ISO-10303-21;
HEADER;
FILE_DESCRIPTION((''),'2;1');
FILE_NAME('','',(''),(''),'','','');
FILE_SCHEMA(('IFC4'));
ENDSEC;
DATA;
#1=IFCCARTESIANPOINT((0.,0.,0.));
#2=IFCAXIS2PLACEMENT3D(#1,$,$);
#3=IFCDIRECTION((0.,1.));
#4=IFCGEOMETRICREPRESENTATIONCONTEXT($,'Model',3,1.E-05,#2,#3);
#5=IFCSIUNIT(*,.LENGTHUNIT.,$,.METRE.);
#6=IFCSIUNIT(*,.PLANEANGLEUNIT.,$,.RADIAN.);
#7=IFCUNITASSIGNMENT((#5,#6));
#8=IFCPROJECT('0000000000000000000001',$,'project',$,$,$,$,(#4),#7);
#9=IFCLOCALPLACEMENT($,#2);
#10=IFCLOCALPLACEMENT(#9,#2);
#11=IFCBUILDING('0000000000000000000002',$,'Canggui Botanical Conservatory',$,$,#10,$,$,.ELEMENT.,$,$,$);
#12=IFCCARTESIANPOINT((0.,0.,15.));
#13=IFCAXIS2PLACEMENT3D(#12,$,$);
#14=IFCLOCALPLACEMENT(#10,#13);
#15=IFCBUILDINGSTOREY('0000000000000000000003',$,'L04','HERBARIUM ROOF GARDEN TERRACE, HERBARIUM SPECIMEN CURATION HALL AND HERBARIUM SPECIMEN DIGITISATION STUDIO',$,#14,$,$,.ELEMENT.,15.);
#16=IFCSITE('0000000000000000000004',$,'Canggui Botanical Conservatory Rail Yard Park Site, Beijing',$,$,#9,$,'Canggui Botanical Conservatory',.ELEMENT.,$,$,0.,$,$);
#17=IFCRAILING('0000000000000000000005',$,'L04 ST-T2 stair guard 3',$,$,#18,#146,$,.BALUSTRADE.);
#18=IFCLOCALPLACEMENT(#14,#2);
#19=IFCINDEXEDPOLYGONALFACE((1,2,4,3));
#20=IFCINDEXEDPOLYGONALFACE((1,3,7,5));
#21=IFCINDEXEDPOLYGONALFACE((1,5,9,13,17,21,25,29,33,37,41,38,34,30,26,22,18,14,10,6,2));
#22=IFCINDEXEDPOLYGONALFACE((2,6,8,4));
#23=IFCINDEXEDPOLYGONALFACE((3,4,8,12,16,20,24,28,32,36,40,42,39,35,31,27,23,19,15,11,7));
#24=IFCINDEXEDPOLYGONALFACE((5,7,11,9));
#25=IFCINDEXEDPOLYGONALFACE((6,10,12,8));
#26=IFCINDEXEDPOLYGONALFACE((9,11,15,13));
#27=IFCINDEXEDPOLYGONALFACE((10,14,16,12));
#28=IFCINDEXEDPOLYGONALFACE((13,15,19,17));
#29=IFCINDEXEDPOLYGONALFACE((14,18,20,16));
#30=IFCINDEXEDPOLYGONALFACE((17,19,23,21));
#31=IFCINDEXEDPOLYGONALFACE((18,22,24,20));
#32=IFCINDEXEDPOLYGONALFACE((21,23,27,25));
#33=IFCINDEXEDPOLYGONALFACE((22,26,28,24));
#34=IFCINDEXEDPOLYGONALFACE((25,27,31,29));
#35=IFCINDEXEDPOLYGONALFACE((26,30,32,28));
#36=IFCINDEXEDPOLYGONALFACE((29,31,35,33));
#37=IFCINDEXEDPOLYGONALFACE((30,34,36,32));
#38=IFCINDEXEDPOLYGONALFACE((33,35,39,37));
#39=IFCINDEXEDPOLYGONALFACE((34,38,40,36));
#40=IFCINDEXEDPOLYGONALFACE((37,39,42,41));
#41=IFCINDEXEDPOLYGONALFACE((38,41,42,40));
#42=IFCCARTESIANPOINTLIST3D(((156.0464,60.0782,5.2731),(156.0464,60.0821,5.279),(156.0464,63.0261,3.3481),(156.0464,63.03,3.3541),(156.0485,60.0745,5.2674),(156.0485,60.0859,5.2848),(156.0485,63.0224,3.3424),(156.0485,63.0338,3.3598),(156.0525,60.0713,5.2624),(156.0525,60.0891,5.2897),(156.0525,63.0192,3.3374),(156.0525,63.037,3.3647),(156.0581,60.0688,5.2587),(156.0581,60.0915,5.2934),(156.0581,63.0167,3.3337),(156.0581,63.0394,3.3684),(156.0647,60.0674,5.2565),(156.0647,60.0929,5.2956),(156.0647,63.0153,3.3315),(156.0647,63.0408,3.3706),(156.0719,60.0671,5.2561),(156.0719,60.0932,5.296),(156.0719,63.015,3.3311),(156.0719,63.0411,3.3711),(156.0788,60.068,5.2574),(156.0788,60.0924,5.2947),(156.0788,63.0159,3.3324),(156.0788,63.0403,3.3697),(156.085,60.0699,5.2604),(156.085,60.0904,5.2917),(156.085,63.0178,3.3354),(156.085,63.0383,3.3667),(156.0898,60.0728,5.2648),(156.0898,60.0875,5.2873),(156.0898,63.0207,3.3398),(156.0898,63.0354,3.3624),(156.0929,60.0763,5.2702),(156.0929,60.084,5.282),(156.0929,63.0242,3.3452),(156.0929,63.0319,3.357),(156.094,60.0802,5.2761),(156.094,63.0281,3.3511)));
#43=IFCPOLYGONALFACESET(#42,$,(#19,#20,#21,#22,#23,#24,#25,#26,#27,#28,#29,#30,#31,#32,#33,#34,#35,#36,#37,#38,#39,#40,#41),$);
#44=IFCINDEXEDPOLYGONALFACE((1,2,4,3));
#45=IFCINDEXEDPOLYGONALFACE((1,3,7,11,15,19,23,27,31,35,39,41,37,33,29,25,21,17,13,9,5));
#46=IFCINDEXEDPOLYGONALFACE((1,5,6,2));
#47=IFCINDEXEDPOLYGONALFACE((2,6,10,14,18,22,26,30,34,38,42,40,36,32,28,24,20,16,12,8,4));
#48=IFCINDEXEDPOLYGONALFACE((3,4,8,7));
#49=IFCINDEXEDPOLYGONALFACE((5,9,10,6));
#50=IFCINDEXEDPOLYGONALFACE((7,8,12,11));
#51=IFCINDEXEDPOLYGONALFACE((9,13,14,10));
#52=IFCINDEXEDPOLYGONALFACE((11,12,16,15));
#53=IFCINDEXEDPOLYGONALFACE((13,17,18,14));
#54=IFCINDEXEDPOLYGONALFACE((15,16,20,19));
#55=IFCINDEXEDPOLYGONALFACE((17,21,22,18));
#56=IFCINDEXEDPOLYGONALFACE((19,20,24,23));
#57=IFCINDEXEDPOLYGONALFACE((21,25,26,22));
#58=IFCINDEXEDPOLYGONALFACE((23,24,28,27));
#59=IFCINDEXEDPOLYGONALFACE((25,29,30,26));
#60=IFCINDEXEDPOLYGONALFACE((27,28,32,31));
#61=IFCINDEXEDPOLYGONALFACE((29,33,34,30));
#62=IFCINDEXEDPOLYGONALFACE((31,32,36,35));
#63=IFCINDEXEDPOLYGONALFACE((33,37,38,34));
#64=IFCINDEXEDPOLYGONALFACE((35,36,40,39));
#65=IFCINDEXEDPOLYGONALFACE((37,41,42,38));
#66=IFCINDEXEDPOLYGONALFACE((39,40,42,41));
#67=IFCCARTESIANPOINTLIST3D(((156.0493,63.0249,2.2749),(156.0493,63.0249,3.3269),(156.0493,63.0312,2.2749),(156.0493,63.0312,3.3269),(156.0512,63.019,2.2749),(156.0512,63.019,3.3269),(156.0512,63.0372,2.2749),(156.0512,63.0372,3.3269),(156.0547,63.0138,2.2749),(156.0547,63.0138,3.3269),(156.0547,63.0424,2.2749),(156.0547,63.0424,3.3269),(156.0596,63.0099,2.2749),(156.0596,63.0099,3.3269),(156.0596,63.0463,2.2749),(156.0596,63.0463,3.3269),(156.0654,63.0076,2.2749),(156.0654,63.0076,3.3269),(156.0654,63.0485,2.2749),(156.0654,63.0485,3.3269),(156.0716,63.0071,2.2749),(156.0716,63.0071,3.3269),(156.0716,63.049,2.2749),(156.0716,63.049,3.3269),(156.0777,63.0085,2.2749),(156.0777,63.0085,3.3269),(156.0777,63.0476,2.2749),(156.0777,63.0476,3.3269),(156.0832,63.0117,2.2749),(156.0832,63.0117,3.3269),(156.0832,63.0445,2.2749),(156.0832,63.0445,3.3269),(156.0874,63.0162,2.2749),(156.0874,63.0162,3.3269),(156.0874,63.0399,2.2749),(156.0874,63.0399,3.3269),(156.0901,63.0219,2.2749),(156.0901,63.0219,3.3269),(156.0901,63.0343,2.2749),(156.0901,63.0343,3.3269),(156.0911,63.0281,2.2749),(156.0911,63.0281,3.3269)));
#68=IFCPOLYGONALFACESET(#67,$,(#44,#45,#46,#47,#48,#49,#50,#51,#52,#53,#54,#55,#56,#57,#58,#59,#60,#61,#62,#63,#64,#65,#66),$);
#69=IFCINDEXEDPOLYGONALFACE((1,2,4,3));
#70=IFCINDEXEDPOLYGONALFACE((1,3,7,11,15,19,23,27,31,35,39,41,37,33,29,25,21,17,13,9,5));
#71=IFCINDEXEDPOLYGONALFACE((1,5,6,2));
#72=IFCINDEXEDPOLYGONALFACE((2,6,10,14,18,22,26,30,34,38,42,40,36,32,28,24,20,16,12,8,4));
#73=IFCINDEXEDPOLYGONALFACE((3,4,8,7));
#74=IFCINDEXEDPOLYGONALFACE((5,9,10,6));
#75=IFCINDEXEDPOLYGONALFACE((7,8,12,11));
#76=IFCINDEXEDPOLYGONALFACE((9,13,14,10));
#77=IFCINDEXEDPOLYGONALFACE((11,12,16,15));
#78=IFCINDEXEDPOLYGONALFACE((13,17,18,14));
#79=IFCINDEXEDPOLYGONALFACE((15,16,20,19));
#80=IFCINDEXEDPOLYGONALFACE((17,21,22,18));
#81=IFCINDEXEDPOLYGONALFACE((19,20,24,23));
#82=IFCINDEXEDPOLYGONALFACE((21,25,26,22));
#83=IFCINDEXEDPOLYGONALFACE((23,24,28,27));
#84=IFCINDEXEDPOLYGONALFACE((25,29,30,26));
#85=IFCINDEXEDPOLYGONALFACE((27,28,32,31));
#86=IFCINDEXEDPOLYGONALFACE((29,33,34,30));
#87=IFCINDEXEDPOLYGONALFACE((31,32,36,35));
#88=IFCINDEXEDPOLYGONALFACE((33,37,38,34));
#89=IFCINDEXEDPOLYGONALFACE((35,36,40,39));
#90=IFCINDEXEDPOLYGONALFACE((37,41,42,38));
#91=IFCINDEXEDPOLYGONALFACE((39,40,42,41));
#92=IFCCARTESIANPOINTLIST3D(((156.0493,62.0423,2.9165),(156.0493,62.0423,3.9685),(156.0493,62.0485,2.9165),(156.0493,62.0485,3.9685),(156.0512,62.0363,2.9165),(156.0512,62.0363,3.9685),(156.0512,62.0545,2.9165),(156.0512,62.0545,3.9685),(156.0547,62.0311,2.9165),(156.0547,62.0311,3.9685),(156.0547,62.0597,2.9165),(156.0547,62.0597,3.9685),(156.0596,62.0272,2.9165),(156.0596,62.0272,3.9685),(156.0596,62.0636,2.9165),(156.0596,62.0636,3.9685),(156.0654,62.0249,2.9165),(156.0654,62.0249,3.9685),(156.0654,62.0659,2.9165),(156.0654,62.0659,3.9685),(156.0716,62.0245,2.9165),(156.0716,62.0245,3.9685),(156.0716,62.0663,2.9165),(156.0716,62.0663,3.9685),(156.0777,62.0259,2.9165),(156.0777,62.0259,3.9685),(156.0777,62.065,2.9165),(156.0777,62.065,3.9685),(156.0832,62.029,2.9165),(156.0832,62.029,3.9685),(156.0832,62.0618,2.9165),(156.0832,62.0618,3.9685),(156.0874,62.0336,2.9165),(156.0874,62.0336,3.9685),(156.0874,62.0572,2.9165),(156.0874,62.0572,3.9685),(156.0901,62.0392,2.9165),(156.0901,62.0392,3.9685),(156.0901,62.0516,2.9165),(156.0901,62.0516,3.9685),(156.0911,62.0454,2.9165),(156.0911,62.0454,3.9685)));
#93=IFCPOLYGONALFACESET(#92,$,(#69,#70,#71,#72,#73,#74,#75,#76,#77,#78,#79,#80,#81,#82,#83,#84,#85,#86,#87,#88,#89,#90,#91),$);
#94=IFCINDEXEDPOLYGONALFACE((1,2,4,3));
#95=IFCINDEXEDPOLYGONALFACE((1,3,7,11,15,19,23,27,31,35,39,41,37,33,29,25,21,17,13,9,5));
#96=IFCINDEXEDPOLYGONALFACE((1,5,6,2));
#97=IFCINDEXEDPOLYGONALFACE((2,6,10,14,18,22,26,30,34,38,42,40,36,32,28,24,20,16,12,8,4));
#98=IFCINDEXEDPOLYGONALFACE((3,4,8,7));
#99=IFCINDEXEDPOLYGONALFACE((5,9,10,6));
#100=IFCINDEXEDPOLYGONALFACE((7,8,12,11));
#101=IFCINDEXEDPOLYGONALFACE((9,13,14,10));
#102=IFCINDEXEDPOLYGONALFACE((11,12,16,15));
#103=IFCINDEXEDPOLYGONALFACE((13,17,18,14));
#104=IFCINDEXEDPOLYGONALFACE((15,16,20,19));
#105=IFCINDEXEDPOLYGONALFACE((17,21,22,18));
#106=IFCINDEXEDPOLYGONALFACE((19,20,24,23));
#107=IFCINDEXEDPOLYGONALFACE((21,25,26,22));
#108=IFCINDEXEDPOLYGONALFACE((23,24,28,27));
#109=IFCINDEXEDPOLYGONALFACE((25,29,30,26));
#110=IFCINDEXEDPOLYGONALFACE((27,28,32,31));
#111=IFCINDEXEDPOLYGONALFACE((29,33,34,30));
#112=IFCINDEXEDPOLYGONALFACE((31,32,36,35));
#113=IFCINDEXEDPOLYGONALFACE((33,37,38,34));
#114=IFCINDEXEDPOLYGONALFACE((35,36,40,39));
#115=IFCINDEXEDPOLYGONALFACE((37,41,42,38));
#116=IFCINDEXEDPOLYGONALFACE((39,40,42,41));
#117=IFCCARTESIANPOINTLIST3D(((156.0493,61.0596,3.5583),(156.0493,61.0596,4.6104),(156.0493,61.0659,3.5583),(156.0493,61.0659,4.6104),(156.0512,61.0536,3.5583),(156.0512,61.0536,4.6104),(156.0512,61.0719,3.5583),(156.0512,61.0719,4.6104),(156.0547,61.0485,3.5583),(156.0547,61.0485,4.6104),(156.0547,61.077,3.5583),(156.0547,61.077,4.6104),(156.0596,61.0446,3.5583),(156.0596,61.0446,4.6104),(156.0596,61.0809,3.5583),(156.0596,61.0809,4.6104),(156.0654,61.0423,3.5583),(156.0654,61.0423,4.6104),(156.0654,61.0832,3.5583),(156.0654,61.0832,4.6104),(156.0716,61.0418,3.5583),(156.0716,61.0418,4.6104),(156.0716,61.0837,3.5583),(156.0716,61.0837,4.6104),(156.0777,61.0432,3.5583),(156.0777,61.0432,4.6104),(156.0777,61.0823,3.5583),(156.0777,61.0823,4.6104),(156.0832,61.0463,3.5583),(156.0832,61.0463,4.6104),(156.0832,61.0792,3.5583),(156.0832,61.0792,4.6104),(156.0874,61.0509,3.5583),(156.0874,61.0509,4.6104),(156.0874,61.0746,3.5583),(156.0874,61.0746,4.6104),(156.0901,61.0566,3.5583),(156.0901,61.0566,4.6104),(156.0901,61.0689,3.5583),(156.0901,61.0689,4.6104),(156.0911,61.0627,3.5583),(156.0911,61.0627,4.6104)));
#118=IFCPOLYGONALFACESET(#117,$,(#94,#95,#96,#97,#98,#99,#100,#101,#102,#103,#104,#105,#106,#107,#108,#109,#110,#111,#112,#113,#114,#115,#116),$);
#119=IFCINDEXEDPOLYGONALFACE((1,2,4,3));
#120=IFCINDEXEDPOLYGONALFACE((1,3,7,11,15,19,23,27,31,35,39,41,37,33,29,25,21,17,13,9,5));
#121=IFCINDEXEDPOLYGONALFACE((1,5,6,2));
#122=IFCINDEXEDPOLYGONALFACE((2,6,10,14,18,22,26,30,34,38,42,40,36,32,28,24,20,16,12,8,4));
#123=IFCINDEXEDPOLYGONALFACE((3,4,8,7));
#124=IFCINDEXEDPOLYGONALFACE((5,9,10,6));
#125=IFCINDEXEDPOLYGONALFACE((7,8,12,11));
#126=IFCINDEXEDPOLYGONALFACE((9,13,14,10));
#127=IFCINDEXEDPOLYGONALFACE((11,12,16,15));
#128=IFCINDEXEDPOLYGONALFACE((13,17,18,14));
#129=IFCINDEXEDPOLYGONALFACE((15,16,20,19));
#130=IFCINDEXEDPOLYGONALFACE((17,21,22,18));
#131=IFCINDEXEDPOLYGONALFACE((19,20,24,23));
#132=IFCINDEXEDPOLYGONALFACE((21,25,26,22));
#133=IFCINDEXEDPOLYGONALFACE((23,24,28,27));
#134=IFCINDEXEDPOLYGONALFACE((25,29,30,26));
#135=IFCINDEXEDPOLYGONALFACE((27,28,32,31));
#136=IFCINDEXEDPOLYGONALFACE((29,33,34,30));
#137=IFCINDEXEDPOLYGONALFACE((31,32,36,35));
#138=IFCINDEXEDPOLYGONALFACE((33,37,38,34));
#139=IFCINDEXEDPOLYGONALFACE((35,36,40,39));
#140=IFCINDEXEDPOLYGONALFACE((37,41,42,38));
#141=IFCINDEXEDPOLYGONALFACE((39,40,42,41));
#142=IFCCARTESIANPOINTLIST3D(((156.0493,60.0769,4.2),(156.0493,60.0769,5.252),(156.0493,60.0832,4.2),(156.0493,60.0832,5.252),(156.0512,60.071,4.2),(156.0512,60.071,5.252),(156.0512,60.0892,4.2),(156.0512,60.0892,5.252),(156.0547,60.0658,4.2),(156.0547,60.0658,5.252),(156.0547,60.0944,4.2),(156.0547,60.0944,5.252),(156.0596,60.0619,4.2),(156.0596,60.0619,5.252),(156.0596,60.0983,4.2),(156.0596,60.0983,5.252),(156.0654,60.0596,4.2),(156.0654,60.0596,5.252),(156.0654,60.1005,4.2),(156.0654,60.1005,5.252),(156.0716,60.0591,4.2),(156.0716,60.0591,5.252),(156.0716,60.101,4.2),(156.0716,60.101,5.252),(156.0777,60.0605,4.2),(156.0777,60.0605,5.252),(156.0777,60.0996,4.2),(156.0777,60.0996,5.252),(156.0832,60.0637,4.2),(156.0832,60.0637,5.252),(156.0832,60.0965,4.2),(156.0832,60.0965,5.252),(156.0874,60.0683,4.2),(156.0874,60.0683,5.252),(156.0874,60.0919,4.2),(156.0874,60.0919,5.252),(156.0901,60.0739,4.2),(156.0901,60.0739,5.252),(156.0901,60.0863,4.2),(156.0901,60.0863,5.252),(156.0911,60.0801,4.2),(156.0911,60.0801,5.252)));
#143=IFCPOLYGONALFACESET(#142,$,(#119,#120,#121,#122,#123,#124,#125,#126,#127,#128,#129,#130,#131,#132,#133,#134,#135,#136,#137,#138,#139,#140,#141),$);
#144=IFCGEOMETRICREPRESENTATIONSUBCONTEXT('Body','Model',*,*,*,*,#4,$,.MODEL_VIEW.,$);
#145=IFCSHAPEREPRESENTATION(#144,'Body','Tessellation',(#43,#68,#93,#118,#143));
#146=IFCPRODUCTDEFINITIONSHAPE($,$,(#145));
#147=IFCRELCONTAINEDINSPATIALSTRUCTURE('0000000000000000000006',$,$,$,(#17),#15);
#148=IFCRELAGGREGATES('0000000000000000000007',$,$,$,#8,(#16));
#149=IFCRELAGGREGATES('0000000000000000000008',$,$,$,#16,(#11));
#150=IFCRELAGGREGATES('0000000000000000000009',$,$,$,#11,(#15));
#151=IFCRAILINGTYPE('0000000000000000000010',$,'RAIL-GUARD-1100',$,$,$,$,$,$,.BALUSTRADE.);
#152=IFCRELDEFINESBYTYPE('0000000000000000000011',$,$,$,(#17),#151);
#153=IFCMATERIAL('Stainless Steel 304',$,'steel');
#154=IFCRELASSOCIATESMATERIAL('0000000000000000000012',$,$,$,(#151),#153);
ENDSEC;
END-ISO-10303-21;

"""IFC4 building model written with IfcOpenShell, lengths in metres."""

from ifc_helpers import new_model, si_unit, direction, frame, origin, origin_2d, place, context, subcontext, project, spatial, circle, extrude, material, type_object, element, save


model = new_model("IFC4")

# Units and contexts
model_context = context("Model", 3, precision=1e-05, world=origin(), true_north=direction((0.0, 1.0)))
body_context = subcontext(model_context, "Body", "Model", "MODEL_VIEW")
ifc_project = project(units=[si_unit("LENGTHUNIT", "METRE"), si_unit("PLANEANGLEUNIT", "RADIAN")], contexts=[model_context])

# Site, building, storey
site_placement = place(None, origin())
site = spatial("IfcSite", under=ifc_project, at=site_placement, Name="Canggui Botanical Conservatory Rail Yard Park Site, Beijing", LongName="Canggui Botanical Conservatory", CompositionType="ELEMENT", RefElevation=0.0)
building_placement = place(site_placement, origin())
building = spatial("IfcBuilding", under=site, at=building_placement, Name="Canggui Botanical Conservatory", CompositionType="ELEMENT")
storey_placement = place(building_placement, frame((0.0, 0.0, 15.0)))
storey = spatial("IfcBuildingStorey", under=building, at=storey_placement, Name="L04", Description="HERBARIUM ROOF GARDEN TERRACE, HERBARIUM SPECIMEN CURATION HALL AND HERBARIUM SPECIMEN DIGITISATION STUDIO", CompositionType="ELEMENT", Elevation=15.0)

# Railing
ifc_material_1 = material(Name="Stainless Steel 304", Category="steel")
railing_type_1 = type_object("IfcRailingType", Name="RAIL-GUARD-1100", PredefinedType="BALUSTRADE", material=ifc_material_1)
railing_1_placement = place(storey_placement, frame((156.0701, 63.0281, 2.2749)))
element("IfcRailing", 1, at=railing_1_placement, inside=storey, type_object=railing_type_1, Name="L04 ST-T2 stair guard 3", PredefinedType="BALUSTRADE", context=body_context, shape_type="SweptSolid", body=[
    extrude(circle(Radius=0.0239, at=origin_2d()), frame((0.0, 0.0, 1.0762), z_axis=(0.0, -0.837293, 0.546754), x_axis=(1.0, 0.0, 0.0)), (0.0, 0.0, 1.0), 3.5208),
    extrude(circle(Radius=0.021, at=origin_2d()), origin(), (0.0, 0.0, 1.0), 1.052),
    extrude(circle(Radius=0.021, at=origin_2d()), frame((0.0, -0.9827, 0.6416)), (0.0, 0.0, 1.0), 1.052),
    extrude(circle(Radius=0.021, at=origin_2d()), frame((0.0, -1.9653, 1.2834)), (0.0, 0.0, 1.0), 1.052),
    extrude(circle(Radius=0.021, at=origin_2d()), frame((0.0, -2.948, 1.925)), (0.0, 0.0, 1.0), 1.052),
])

save(model, "model.ifc")
